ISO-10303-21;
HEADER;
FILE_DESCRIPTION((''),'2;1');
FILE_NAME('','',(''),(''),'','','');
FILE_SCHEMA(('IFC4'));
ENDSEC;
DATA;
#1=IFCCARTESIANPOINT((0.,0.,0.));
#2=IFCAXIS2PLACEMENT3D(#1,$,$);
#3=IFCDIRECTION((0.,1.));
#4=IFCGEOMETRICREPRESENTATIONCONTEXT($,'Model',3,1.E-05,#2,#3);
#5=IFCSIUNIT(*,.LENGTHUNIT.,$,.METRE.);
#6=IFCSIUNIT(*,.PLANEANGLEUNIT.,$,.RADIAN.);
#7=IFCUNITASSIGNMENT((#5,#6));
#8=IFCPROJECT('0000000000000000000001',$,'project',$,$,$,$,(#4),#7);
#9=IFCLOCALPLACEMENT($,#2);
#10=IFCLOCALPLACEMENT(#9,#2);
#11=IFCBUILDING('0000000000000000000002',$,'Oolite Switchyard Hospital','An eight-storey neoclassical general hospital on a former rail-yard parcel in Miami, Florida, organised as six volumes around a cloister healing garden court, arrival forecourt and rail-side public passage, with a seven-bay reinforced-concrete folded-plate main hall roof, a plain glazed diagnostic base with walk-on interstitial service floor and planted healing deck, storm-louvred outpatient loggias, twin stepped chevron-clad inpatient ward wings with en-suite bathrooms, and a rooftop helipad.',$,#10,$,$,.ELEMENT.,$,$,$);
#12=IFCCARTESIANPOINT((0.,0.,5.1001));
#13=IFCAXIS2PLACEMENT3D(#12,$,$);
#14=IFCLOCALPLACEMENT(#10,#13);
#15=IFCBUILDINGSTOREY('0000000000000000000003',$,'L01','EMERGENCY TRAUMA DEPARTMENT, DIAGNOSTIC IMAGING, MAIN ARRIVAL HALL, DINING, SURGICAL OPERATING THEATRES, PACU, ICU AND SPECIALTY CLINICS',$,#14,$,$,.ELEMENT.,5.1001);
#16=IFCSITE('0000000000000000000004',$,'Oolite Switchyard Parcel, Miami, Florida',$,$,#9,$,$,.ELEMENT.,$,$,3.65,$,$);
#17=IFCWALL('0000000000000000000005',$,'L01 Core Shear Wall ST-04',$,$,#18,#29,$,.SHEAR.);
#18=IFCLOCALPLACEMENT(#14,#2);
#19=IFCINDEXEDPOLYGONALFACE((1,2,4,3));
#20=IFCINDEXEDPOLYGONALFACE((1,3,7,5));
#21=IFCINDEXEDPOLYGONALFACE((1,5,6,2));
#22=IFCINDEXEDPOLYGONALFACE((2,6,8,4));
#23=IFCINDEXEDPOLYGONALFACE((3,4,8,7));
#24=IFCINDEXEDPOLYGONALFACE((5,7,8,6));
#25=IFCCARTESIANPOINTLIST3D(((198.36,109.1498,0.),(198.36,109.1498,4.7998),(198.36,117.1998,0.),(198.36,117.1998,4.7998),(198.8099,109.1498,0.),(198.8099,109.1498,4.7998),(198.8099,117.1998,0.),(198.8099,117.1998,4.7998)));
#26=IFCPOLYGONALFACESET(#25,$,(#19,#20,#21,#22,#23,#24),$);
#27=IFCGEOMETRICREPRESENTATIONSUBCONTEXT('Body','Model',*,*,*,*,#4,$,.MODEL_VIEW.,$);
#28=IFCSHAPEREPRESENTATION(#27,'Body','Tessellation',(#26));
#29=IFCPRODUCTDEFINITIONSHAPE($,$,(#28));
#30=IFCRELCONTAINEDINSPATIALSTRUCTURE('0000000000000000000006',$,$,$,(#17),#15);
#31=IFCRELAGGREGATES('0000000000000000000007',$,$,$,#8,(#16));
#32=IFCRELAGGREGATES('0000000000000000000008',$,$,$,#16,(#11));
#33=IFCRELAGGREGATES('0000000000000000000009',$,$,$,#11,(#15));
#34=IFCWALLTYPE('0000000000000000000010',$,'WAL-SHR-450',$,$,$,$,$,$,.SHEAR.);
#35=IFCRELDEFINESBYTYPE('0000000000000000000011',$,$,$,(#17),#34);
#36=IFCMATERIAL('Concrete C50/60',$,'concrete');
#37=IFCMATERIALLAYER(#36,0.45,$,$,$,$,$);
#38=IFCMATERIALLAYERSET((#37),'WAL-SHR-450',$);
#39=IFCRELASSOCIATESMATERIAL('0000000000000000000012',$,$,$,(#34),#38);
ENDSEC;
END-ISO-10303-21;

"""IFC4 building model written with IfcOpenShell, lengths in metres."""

from ifc_helpers import new_model, si_unit, direction, frame, frame_2d, origin, place, context, subcontext, project, spatial, rectangle, extrude, material, layer, layer_set, type_object, element, save


model = new_model("IFC4")

# Units and contexts
model_context = context("Model", 3, precision=1e-05, world=origin(), true_north=direction((0.0, 1.0)))
body_context = subcontext(model_context, "Body", "Model", "MODEL_VIEW")
ifc_project = project(units=[si_unit("LENGTHUNIT", "METRE"), si_unit("PLANEANGLEUNIT", "RADIAN")], contexts=[model_context])

# Site, building, storey
site_placement = place(None, origin())
site = spatial("IfcSite", under=ifc_project, at=site_placement, Name="Oolite Switchyard Parcel, Miami, Florida", CompositionType="ELEMENT", RefElevation=3.65)
building_placement = place(site_placement, origin())
building = spatial("IfcBuilding", under=site, at=building_placement, Name="Oolite Switchyard Hospital", Description="An eight-storey neoclassical general hospital on a former rail-yard parcel in Miami, Florida, organised as six volumes around a cloister healing garden court, arrival forecourt and rail-side public passage, with a seven-bay reinforced-concrete folded-plate main hall roof, a plain glazed diagnostic base with walk-on interstitial service floor and planted healing deck, storm-louvred outpatient loggias, twin stepped chevron-clad inpatient ward wings with en-suite bathrooms, and a rooftop helipad.", CompositionType="ELEMENT")
storey_placement = place(building_placement, frame((0.0, 0.0, 5.1001)))
storey = spatial("IfcBuildingStorey", under=building, at=storey_placement, Name="L01", Description="EMERGENCY TRAUMA DEPARTMENT, DIAGNOSTIC IMAGING, MAIN ARRIVAL HALL, DINING, SURGICAL OPERATING THEATRES, PACU, ICU AND SPECIALTY CLINICS", CompositionType="ELEMENT", Elevation=5.1001)

# Shared definitions
ifc_material_1 = material(Name="Concrete C50/60", Category="concrete")

# Wall
ifc_layer_1 = layer(ifc_material_1, 0.45)
ifc_layer_set_1 = layer_set([ifc_layer_1], Name="WAL-SHR-450")
wall_type_1 = type_object("IfcWallType", Name="WAL-SHR-450", PredefinedType="SHEAR", material=ifc_layer_set_1)
wall_1_placement = place(storey_placement, frame((198.585, 109.1499, 0.0), z_axis=(0.0, 0.0, 1.0), x_axis=(0.0, 1.0, 0.0)))
element("IfcWall", 1, at=wall_1_placement, inside=storey, type_object=wall_type_1, Name="L01 Core Shear Wall ST-04", PredefinedType="SHEAR", context=body_context, shape_type="SweptSolid", body=[
    extrude(rectangle(XDim=8.05, YDim=0.45, at=frame_2d((4.0249, 0.0))), origin(), (0.0, 0.0, 1.0), 4.7998),
])

save(model, "model.ifc")
